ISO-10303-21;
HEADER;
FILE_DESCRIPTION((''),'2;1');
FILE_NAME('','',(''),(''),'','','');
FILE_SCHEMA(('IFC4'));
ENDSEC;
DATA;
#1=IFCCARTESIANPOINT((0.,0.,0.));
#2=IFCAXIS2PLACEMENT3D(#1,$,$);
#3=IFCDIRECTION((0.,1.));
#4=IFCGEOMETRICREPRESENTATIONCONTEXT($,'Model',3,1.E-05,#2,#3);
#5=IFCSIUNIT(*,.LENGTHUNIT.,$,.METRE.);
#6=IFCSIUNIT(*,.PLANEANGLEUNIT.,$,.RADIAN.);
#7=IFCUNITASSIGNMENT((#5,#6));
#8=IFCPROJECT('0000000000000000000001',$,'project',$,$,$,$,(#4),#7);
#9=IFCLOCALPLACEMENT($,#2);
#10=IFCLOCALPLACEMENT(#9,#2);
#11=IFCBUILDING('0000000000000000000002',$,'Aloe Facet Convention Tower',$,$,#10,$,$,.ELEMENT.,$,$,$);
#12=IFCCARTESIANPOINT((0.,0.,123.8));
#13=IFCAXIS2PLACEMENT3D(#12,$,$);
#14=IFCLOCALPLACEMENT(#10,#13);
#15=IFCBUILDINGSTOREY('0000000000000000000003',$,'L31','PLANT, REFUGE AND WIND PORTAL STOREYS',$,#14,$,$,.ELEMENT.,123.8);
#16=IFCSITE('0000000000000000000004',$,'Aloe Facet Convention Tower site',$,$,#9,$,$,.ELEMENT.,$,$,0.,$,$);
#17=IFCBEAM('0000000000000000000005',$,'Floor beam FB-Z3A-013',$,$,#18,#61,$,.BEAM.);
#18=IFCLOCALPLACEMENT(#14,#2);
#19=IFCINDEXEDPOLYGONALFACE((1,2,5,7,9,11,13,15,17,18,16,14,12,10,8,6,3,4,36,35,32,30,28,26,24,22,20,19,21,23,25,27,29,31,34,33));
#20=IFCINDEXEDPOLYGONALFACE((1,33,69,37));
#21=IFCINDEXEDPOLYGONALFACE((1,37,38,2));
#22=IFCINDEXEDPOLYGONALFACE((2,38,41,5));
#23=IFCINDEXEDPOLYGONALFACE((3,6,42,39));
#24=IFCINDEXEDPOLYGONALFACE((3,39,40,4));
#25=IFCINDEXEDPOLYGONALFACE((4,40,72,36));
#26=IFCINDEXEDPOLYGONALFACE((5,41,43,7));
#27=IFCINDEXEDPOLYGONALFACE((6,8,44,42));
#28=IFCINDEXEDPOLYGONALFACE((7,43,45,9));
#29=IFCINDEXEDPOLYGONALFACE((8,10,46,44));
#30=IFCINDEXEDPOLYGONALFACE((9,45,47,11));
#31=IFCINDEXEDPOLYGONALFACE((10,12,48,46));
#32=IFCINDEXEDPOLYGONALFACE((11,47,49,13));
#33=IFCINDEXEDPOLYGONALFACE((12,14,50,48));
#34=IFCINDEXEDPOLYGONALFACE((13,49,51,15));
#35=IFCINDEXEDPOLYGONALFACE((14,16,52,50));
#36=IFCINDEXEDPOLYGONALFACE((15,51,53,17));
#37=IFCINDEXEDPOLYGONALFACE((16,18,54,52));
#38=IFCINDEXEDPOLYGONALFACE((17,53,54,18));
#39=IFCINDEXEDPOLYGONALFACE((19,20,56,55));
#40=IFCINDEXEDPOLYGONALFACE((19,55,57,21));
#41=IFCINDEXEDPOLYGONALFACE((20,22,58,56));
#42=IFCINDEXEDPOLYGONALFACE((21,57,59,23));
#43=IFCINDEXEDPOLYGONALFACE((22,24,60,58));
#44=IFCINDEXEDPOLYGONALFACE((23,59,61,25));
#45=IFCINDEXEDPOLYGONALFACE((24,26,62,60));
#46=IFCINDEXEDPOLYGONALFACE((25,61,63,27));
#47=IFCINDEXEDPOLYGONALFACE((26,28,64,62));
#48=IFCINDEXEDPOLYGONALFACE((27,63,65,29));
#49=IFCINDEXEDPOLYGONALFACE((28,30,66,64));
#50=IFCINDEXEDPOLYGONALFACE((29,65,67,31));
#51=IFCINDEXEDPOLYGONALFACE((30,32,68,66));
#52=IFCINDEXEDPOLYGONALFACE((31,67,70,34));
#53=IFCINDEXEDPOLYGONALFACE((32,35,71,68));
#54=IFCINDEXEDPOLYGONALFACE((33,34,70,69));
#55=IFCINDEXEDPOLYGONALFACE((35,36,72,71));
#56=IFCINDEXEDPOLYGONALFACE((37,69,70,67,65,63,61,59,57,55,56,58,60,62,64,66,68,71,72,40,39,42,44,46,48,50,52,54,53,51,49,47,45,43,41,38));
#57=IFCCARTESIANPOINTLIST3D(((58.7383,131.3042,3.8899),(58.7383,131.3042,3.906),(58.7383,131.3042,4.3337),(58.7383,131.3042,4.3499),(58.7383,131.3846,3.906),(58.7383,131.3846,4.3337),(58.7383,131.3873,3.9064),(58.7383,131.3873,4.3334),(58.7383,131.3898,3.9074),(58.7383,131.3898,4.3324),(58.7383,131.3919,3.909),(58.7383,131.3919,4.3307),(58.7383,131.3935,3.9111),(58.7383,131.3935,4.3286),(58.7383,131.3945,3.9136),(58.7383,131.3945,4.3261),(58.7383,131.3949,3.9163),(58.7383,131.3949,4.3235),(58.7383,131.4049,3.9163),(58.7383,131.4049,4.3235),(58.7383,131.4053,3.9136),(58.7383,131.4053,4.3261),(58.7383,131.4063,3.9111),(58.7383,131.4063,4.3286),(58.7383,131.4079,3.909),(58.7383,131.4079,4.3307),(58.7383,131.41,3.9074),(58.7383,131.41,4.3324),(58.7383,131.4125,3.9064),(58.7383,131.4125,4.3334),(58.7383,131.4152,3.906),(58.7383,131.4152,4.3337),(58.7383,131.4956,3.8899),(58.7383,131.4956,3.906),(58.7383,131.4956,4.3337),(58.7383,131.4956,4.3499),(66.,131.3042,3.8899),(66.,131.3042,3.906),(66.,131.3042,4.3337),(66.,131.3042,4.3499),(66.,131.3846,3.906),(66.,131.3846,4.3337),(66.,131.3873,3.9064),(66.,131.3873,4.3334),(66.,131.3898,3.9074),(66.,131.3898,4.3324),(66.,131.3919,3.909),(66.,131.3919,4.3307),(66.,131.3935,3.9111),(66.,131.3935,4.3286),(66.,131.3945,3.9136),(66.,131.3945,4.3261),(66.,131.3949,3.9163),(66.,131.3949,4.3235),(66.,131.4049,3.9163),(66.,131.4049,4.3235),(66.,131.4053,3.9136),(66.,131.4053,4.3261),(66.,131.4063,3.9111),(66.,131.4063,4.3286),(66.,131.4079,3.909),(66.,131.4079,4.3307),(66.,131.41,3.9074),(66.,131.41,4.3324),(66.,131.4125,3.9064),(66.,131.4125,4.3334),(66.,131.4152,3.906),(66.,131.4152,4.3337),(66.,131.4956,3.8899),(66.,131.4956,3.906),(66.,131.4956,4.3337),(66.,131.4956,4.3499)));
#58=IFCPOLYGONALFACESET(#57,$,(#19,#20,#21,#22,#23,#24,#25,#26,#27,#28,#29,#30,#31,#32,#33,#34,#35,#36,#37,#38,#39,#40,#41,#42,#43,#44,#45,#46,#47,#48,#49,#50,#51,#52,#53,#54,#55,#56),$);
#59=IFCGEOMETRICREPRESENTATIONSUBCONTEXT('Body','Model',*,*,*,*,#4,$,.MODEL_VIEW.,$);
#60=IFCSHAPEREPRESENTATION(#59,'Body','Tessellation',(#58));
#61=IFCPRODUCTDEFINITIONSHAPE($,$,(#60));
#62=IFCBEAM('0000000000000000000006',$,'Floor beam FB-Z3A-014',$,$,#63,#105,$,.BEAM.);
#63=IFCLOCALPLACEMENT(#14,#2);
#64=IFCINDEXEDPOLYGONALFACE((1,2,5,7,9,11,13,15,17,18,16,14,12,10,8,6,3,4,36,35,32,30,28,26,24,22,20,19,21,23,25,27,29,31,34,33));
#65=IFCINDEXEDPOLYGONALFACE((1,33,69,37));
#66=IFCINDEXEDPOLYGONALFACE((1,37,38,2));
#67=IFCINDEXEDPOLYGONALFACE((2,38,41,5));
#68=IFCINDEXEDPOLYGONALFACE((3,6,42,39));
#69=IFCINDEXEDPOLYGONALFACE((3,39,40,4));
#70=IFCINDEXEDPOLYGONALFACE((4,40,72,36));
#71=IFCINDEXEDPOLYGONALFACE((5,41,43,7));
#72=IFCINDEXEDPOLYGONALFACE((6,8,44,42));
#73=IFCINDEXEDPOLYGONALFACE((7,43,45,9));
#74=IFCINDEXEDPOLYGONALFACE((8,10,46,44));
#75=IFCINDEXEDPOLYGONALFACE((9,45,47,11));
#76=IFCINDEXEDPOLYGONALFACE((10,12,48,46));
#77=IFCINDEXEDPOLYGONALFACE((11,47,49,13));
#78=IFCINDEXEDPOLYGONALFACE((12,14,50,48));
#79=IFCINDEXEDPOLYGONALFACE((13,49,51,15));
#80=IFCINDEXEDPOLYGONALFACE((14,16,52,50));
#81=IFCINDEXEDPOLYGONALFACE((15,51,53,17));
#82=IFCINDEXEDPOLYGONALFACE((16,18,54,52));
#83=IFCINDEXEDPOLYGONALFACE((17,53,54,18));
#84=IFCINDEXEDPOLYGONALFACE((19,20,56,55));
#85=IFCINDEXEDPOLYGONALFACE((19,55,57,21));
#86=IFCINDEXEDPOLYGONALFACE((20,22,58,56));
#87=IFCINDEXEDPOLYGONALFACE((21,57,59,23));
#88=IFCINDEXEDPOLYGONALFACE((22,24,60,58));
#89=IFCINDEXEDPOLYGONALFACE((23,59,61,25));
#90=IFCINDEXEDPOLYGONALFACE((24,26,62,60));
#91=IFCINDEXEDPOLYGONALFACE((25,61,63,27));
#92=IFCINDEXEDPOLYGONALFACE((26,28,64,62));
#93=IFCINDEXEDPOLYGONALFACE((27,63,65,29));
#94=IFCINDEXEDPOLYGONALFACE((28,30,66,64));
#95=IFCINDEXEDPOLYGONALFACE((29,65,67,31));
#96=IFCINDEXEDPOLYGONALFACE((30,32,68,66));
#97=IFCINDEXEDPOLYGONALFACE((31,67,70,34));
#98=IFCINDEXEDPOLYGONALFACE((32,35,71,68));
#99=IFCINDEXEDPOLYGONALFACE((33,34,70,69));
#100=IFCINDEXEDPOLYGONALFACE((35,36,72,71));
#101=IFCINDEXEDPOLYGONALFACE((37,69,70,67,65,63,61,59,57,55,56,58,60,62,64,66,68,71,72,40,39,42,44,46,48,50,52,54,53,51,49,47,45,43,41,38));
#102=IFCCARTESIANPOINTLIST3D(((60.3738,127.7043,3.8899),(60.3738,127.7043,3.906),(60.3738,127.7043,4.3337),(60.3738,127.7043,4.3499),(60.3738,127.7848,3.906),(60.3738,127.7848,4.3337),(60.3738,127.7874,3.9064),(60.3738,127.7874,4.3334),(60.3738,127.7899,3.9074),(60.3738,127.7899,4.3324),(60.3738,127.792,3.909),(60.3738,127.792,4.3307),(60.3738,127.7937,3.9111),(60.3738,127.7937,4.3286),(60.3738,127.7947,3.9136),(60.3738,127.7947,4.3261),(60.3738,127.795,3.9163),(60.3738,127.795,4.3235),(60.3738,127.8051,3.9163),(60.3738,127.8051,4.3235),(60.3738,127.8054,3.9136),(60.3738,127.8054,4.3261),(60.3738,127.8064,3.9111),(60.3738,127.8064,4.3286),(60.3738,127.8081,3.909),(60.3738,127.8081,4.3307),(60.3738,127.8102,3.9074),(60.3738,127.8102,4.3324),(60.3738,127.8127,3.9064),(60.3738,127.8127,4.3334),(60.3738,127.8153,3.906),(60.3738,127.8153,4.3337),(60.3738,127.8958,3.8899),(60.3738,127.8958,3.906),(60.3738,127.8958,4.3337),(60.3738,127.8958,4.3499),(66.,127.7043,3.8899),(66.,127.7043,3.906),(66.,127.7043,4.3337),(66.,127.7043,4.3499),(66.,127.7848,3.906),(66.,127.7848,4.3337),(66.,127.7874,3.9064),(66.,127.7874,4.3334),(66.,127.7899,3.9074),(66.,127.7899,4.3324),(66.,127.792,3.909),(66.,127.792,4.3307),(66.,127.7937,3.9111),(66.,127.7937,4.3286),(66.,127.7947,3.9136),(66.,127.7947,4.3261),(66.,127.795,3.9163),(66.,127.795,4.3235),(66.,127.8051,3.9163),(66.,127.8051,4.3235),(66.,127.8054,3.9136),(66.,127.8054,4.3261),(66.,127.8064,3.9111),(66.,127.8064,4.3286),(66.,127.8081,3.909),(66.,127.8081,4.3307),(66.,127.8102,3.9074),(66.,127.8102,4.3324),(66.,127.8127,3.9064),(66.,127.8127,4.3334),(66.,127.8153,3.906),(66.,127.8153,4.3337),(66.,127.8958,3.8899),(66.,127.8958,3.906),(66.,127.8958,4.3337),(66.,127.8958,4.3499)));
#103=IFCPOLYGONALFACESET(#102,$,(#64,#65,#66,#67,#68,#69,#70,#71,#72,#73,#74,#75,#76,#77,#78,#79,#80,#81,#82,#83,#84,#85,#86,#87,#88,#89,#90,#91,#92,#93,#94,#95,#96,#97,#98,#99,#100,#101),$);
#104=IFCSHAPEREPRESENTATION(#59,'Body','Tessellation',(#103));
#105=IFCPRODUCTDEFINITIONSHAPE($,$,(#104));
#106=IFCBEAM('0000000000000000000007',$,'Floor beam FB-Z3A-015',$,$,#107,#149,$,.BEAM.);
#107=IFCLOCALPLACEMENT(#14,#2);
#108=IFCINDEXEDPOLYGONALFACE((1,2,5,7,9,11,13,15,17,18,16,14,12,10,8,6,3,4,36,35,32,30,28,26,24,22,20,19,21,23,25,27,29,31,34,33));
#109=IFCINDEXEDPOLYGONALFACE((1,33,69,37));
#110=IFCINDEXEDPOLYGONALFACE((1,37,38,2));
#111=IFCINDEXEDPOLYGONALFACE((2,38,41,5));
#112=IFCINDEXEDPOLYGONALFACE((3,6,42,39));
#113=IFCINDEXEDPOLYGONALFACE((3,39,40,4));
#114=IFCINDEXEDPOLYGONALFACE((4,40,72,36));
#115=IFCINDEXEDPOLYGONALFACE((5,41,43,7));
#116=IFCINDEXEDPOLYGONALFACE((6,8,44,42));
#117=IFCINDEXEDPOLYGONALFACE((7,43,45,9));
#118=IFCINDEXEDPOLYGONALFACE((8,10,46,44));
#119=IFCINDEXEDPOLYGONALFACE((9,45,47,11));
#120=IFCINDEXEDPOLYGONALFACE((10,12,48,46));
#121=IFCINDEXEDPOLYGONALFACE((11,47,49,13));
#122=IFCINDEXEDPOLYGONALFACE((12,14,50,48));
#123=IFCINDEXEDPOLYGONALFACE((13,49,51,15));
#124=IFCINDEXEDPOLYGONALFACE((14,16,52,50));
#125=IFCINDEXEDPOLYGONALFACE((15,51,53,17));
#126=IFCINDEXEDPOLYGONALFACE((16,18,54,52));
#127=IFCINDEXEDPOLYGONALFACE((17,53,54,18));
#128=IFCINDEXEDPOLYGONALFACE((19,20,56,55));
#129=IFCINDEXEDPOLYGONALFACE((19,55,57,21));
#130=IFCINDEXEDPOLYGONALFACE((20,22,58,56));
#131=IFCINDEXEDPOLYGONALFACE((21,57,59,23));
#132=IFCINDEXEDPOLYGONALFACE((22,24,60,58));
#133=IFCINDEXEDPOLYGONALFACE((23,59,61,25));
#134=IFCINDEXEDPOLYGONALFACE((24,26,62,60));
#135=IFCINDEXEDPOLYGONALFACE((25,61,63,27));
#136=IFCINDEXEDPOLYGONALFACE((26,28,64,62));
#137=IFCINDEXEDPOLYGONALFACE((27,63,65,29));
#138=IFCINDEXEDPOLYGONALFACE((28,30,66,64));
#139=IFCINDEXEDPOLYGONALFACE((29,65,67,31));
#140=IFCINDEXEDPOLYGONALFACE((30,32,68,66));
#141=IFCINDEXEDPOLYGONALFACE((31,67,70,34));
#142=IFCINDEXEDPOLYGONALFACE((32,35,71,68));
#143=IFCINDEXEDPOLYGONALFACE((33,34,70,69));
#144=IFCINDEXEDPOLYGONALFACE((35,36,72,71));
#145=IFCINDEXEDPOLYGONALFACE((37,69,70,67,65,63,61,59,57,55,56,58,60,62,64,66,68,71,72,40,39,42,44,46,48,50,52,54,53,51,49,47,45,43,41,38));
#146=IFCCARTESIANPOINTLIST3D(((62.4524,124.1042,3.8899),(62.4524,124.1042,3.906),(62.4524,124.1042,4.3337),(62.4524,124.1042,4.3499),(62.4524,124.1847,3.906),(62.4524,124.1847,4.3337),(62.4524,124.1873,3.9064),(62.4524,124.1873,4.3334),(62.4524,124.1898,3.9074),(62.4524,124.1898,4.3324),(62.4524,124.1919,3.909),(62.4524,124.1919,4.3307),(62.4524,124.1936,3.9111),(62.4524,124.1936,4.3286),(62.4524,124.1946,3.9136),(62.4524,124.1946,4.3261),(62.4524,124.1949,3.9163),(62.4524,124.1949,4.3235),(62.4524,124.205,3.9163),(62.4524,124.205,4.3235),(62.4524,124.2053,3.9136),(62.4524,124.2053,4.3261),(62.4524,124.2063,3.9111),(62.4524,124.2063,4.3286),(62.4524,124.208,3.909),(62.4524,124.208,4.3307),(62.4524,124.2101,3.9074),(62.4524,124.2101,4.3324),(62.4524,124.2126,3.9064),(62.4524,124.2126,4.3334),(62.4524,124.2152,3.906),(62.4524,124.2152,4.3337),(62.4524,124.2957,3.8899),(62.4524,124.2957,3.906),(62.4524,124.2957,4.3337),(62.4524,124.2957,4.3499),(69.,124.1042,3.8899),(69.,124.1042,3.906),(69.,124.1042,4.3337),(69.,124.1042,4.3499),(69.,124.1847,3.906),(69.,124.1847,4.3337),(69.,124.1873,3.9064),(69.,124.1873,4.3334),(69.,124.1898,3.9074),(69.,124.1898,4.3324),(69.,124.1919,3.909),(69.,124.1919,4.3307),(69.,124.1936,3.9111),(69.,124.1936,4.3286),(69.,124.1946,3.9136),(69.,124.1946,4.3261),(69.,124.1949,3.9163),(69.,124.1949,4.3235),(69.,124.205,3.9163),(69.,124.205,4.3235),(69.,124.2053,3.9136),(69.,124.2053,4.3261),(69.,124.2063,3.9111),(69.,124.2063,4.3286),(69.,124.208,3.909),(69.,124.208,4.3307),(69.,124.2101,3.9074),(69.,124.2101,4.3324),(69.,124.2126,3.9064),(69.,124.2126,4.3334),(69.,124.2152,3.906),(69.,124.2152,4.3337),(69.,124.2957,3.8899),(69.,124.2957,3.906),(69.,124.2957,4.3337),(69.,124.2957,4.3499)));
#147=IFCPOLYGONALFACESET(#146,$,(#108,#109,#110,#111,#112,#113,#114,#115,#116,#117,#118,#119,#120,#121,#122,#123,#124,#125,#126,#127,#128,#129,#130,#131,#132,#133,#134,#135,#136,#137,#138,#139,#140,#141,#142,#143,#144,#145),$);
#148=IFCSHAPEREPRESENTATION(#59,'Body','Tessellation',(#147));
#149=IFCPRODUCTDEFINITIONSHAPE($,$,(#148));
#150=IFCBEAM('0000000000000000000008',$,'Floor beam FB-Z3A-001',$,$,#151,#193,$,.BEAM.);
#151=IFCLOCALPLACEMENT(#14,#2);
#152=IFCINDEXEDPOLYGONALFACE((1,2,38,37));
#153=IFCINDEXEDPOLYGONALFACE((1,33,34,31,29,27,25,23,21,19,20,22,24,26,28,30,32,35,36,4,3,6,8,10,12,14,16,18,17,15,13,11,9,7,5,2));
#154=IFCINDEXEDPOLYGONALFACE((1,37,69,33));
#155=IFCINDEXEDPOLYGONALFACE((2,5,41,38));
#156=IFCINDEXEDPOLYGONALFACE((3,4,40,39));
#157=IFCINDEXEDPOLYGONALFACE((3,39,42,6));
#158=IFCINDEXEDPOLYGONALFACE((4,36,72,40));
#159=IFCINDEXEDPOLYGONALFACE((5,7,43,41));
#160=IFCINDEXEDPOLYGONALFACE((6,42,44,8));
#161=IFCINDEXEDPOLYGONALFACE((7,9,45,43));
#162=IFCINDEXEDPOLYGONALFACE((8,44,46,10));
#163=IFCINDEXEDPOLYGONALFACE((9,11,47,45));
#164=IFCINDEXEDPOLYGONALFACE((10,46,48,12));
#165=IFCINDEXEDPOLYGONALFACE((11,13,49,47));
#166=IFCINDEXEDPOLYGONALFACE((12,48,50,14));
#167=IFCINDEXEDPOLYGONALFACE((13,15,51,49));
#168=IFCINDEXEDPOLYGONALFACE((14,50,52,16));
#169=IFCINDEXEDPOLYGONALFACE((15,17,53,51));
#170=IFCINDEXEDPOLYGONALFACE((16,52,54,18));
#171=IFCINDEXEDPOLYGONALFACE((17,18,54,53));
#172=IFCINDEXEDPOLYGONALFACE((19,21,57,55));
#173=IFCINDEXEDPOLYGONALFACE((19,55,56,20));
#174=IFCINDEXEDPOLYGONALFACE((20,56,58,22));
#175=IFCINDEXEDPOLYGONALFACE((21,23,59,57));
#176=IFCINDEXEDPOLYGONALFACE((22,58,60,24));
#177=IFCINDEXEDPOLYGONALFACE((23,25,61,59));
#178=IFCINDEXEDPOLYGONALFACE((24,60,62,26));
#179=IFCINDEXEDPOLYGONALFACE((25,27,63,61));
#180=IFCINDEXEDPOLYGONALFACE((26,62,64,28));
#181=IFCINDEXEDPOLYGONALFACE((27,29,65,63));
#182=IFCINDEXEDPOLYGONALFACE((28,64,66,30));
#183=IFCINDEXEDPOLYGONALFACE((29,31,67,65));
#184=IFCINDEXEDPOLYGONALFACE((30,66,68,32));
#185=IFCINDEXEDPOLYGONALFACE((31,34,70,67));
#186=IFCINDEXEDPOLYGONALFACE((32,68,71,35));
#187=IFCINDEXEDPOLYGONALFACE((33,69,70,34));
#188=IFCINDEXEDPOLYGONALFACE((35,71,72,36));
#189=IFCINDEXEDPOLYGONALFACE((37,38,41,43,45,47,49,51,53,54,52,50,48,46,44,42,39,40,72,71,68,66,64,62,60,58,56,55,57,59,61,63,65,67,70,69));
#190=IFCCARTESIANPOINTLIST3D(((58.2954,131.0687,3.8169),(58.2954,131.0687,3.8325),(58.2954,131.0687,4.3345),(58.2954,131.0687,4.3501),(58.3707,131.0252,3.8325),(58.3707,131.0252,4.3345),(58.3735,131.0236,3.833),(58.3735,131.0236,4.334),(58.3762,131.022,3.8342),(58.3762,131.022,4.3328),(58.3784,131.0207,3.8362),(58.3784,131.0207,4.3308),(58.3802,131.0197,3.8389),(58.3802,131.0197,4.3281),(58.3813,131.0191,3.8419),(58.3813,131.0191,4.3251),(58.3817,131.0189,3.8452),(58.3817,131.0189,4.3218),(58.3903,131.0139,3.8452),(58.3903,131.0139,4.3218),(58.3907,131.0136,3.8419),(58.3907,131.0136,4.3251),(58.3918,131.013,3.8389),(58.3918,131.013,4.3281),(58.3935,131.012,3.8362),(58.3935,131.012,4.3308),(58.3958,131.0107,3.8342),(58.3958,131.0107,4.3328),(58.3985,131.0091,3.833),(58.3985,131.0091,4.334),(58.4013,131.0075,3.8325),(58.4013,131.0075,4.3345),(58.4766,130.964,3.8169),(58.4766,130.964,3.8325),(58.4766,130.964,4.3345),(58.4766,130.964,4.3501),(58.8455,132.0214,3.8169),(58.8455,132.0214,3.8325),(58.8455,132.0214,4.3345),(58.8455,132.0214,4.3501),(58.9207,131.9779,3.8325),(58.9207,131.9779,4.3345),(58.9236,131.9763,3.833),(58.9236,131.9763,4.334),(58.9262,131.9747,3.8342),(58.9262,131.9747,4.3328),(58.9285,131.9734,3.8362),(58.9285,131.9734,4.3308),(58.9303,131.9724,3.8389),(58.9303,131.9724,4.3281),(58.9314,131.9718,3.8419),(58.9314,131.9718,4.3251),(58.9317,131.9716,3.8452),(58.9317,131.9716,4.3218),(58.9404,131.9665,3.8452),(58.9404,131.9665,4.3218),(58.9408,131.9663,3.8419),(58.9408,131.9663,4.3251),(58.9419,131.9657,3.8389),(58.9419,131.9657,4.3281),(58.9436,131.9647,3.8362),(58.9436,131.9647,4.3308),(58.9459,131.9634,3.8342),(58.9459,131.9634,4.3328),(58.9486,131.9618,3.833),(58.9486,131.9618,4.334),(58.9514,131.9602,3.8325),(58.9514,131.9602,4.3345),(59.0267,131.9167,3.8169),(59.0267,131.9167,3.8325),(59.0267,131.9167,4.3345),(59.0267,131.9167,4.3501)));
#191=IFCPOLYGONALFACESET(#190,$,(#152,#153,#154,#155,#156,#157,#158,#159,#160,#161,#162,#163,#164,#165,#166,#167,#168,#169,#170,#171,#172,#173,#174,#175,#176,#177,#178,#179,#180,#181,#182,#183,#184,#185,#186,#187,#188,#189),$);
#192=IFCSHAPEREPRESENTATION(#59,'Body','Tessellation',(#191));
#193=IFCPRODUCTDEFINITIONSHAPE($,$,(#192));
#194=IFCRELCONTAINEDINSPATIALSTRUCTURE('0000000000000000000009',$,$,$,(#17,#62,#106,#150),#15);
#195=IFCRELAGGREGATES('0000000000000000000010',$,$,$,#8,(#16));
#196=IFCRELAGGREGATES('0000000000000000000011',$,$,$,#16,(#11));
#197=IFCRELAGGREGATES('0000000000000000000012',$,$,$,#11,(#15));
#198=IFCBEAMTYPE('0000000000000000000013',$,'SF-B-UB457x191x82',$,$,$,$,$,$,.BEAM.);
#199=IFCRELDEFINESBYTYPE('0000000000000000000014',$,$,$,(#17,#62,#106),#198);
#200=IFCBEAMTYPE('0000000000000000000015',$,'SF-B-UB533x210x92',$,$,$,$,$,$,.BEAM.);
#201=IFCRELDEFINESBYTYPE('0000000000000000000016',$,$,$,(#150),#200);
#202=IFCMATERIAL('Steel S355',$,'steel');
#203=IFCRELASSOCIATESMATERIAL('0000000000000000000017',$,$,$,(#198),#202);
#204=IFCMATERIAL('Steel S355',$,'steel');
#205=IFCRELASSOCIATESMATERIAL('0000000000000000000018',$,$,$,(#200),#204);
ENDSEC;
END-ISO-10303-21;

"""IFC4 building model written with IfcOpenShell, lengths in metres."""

from ifc_helpers import new_model, si_unit, direction, frame, origin, origin_2d, place, context, subcontext, project, spatial, i_section, extrude, material, material_profile, profile_set, type_object, element, save


model = new_model("IFC4")

# Units and contexts
model_context = context("Model", 3, precision=1e-05, world=origin(), true_north=direction((0.0, 1.0)))
body_context = subcontext(model_context, "Body", "Model", "MODEL_VIEW")
ifc_project = project(units=[si_unit("LENGTHUNIT", "METRE"), si_unit("PLANEANGLEUNIT", "RADIAN")], contexts=[model_context])

# Site, building, storey
site_placement = place(None, origin())
site = spatial("IfcSite", under=ifc_project, at=site_placement, Name="Aloe Facet Convention Tower site", CompositionType="ELEMENT", RefElevation=0.0)
building_placement = place(site_placement, origin())
building = spatial("IfcBuilding", under=site, at=building_placement, Name="Aloe Facet Convention Tower", CompositionType="ELEMENT")
storey_placement = place(building_placement, frame((0.0, 0.0, 123.8)))
storey = spatial("IfcBuildingStorey", under=building, at=storey_placement, Name="L31", Description="PLANT, REFUGE AND WIND PORTAL STOREYS", CompositionType="ELEMENT", Elevation=123.8)

# Beams
ifc_material_1 = material(Name="Steel S355", Category="steel")
ifc_material_profile_1 = material_profile(ifc_material_1, i_section(OverallWidth=0.1914, OverallDepth=0.46, WebThickness=0.01, FlangeThickness=0.0161, FilletRadius=0.0103, at=origin_2d()), Name="UB 457x191x82")
ifc_profile_set_1 = profile_set([ifc_material_profile_1], Name="Steel S355")
beam_type_1 = type_object("IfcBeamType", Name="SF-B-UB457x191x82", PredefinedType="BEAM", material=ifc_profile_set_1)
beam_1_placement = place(storey_placement, frame((58.7383, 131.3999, 4.1199), z_axis=(1.0, 0.0, 0.0), x_axis=(0.0, 1.0, 0.0)))
element("IfcBeam", 1, at=beam_1_placement, inside=storey, type_object=beam_type_1, Name="Floor beam FB-Z3A-013", PredefinedType="BEAM", context=body_context, shape_type="SweptSolid", body=[
    extrude(i_section(OverallWidth=0.1914, OverallDepth=0.46, WebThickness=0.01, FlangeThickness=0.0161, FilletRadius=0.0103, at=origin_2d()), origin(), (0.0, 0.0, 1.0), 7.2617),
])
beam_2_placement = place(storey_placement, frame((60.3738, 127.8, 4.1199), z_axis=(1.0, 0.0, 0.0), x_axis=(0.0, 1.0, 0.0)))
element("IfcBeam", 2, at=beam_2_placement, inside=storey, type_object=beam_type_1, Name="Floor beam FB-Z3A-014", PredefinedType="BEAM", context=body_context, shape_type="SweptSolid", body=[
    extrude(i_section(OverallWidth=0.1914, OverallDepth=0.46, WebThickness=0.01, FlangeThickness=0.0161, FilletRadius=0.0103, at=origin_2d()), origin(), (0.0, 0.0, 1.0), 5.6262),
])
beam_3_placement = place(storey_placement, frame((62.4524, 124.2, 4.1199), z_axis=(1.0, 0.0, 0.0), x_axis=(0.0, 1.0, 0.0)))
element("IfcBeam", 3, at=beam_3_placement, inside=storey, type_object=beam_type_1, Name="Floor beam FB-Z3A-015", PredefinedType="BEAM", context=body_context, shape_type="SweptSolid", body=[
    extrude(i_section(OverallWidth=0.1914, OverallDepth=0.46, WebThickness=0.01, FlangeThickness=0.0161, FilletRadius=0.0103, at=origin_2d()), origin(), (0.0, 0.0, 1.0), 6.5476),
])
ifc_material_2 = material(Name="Steel S355", Category="steel")
ifc_material_profile_2 = material_profile(ifc_material_2, i_section(OverallWidth=0.2092, OverallDepth=0.5332, WebThickness=0.01, FlangeThickness=0.0156, FilletRadius=0.0127, at=origin_2d()), Name="UB 533x210x92")
ifc_profile_set_2 = profile_set([ifc_material_profile_2], Name="Steel S355")
beam_type_2 = type_object("IfcBeamType", Name="SF-B-UB533x210x92", PredefinedType="BEAM", material=ifc_profile_set_2)
beam_4_placement = place(storey_placement, frame((58.386, 131.0164, 4.0835), z_axis=(0.50003, 0.866008, 0.0), x_axis=(-0.866008, 0.50003, 0.0)))
element("IfcBeam", 4, at=beam_4_placement, inside=storey, type_object=beam_type_2, Name="Floor beam FB-Z3A-001", PredefinedType="BEAM", context=body_context, shape_type="SweptSolid", body=[
    extrude(i_section(OverallWidth=0.2092, OverallDepth=0.5332, WebThickness=0.01, FlangeThickness=0.0156, FilletRadius=0.0127, at=origin_2d()), origin(), (0.0, 0.0, 1.0), 1.1001),
])

save(model, "model.ifc")
